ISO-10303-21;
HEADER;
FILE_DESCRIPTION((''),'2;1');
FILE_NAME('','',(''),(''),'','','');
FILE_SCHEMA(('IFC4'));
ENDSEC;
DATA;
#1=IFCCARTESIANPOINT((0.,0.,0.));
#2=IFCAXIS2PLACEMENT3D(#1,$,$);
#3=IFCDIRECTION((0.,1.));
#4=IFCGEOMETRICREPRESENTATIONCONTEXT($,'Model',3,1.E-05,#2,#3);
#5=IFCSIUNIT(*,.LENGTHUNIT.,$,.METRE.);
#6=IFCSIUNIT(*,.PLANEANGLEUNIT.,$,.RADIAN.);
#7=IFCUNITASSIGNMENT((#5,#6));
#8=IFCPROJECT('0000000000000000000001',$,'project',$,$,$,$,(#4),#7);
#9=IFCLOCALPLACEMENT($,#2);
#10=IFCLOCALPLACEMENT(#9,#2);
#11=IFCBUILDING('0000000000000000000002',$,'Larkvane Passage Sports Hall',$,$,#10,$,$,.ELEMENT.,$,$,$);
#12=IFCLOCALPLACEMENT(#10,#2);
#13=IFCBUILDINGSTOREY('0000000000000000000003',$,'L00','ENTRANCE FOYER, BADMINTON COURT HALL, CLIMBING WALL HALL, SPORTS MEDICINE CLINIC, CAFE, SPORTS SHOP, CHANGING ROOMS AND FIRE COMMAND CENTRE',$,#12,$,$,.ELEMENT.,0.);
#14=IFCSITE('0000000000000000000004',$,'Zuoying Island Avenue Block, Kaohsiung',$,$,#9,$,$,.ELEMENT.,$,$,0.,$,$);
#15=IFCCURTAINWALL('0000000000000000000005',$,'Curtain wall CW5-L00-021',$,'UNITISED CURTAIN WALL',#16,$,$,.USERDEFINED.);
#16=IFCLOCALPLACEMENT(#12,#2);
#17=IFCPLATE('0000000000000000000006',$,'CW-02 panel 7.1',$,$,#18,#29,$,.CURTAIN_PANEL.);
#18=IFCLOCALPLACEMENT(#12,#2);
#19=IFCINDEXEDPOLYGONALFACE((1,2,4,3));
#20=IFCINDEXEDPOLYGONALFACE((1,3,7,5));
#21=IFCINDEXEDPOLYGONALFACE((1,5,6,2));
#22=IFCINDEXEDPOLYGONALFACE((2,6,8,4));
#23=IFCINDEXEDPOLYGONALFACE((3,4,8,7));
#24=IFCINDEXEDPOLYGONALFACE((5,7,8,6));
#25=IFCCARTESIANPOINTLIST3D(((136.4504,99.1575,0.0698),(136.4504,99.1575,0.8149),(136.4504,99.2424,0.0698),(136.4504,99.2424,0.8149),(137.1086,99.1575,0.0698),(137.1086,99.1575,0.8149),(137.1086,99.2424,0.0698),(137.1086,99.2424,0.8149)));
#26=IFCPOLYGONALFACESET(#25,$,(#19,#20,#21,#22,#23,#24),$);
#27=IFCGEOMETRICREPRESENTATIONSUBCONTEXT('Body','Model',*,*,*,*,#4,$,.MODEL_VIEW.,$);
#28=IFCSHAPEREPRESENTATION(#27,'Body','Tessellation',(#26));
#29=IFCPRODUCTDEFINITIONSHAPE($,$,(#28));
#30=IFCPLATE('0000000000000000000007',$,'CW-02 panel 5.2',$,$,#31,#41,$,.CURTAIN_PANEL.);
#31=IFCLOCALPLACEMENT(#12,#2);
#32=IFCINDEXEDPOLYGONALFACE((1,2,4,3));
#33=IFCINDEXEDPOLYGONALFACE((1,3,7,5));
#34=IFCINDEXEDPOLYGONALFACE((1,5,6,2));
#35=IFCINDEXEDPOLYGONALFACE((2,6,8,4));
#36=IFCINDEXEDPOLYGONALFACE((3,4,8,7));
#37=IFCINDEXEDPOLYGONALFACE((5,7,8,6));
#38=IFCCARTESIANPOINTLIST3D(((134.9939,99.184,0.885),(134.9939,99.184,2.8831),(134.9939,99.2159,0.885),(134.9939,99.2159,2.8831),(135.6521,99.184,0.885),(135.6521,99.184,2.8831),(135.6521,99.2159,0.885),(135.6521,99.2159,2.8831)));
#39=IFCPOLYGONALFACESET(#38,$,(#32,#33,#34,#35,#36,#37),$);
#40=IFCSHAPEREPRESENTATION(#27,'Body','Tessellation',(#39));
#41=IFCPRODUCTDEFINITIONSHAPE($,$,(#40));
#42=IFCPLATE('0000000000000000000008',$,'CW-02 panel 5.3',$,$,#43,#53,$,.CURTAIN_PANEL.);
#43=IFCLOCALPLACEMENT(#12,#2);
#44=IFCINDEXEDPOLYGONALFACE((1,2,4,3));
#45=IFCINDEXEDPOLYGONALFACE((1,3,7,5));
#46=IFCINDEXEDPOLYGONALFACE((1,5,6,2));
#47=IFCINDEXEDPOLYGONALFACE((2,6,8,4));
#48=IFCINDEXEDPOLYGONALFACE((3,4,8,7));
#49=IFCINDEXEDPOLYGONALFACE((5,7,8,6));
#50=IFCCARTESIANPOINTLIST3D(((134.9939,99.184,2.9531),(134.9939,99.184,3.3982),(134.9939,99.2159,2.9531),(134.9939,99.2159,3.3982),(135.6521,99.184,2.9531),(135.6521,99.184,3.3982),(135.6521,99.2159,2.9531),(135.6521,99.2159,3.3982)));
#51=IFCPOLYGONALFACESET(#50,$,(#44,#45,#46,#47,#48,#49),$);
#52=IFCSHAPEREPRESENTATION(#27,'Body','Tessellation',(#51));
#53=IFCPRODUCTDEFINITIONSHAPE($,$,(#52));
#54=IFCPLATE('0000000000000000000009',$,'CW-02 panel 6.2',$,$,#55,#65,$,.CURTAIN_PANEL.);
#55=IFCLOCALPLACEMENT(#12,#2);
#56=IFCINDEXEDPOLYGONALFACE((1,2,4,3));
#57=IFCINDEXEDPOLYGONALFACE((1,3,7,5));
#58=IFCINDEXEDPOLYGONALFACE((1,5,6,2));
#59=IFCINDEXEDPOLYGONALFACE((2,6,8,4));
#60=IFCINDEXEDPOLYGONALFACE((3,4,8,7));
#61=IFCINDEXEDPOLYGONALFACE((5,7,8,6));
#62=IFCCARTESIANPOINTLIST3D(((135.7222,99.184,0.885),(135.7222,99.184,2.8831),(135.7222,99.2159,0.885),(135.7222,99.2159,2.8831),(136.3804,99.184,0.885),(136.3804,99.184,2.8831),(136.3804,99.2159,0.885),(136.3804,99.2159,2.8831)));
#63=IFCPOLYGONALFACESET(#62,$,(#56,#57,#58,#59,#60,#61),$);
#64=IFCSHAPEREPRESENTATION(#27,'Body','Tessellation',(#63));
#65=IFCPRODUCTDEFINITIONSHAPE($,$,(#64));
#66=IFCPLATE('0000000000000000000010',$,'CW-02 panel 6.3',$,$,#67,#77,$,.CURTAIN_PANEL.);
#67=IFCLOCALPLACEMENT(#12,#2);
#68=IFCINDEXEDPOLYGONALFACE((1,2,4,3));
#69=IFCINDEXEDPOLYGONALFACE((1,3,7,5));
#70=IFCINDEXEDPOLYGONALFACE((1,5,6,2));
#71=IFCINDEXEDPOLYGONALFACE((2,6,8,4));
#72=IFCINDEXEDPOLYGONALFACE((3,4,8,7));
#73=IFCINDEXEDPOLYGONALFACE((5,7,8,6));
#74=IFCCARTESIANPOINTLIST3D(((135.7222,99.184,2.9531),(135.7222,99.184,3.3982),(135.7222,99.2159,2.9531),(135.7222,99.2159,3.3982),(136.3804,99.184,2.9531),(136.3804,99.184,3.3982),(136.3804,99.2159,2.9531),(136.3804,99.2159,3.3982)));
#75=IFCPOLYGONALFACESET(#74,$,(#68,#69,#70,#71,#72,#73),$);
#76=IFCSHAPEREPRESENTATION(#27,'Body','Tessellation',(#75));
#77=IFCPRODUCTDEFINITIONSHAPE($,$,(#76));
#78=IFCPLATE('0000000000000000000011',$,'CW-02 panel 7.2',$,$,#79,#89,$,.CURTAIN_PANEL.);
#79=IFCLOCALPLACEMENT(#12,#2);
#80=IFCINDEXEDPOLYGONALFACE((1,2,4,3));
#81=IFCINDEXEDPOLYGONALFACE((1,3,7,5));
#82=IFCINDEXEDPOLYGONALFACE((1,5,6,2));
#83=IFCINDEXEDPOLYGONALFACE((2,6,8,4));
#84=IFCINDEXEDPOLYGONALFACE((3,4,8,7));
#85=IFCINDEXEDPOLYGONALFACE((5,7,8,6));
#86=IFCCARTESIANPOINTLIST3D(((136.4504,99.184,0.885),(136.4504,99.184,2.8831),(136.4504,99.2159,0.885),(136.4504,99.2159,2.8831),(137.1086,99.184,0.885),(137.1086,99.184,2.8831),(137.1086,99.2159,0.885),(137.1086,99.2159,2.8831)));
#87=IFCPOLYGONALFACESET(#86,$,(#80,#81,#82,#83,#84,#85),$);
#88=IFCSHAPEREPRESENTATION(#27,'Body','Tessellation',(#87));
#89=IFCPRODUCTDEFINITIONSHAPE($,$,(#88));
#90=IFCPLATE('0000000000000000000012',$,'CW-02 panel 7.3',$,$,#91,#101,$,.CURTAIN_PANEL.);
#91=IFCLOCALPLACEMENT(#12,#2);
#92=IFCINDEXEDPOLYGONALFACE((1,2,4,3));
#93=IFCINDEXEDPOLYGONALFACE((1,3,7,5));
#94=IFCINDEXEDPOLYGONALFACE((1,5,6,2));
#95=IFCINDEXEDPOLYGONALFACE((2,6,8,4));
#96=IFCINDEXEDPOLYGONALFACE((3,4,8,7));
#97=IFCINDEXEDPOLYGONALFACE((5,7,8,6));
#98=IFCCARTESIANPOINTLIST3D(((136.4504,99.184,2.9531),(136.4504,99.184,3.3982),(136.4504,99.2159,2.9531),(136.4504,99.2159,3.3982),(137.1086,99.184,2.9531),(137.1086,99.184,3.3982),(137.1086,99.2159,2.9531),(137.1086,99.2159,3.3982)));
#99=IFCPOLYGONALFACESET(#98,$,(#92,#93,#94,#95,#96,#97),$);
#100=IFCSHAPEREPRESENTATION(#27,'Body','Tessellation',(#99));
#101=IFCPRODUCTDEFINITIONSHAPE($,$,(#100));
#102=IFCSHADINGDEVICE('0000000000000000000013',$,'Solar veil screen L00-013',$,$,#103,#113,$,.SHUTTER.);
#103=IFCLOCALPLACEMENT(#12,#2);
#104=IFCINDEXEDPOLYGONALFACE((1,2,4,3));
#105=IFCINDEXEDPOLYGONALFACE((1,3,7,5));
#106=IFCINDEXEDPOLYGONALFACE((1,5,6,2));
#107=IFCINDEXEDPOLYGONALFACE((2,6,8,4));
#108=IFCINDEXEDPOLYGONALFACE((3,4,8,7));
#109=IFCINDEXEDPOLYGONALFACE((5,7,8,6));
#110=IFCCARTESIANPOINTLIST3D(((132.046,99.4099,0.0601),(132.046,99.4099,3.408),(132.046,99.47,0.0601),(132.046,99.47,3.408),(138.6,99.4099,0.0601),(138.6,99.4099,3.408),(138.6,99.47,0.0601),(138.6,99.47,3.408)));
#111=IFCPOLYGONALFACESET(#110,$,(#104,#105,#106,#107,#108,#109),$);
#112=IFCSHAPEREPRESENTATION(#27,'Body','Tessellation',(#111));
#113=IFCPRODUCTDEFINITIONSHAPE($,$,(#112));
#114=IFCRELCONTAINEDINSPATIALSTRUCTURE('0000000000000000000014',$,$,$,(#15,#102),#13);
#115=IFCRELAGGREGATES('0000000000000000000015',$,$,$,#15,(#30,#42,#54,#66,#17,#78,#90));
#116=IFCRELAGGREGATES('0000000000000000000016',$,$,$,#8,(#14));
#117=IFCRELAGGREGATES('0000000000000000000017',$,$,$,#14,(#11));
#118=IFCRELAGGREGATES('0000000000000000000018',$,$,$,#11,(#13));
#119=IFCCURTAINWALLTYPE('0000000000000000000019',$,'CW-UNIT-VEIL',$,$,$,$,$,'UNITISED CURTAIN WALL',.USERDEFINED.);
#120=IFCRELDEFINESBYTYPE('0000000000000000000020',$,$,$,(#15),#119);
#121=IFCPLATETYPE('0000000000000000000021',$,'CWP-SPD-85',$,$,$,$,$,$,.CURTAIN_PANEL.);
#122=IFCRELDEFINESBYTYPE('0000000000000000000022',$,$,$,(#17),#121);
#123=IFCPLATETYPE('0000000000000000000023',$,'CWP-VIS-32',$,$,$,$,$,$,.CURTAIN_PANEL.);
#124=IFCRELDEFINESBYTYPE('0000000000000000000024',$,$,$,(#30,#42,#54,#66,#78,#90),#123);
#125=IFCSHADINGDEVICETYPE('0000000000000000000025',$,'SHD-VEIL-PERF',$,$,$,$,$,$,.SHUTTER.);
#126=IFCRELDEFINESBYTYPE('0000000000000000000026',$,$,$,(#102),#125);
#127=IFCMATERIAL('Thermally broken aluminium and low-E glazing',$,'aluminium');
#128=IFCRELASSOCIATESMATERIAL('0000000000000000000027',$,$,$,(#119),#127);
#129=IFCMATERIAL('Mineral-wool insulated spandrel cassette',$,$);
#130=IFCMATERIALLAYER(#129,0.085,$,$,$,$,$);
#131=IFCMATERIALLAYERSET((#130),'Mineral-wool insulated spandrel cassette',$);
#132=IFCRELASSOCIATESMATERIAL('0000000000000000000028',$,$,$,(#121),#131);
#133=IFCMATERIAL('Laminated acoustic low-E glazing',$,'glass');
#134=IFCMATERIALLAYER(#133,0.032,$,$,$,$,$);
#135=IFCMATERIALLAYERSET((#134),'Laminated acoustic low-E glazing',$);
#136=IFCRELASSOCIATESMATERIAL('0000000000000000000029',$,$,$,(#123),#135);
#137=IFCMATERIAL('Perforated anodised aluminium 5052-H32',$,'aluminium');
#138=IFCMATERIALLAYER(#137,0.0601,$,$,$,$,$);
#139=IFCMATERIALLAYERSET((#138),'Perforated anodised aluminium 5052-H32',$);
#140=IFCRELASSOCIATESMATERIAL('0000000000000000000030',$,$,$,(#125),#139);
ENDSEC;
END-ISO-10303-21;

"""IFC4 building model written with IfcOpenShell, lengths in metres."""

from ifc_helpers import new_model, si_unit, direction, frame, origin, origin_2d, place, context, subcontext, project, spatial, rectangle, extrude, material, layer, layer_set, type_object, element, aggregate, save


model = new_model("IFC4")

# Units and contexts
model_context = context("Model", 3, precision=1e-05, world=origin(), true_north=direction((0.0, 1.0)))
body_context = subcontext(model_context, "Body", "Model", "MODEL_VIEW")
ifc_project = project(units=[si_unit("LENGTHUNIT", "METRE"), si_unit("PLANEANGLEUNIT", "RADIAN")], contexts=[model_context])

# Site, building, storey
site_placement = place(None, origin())
site = spatial("IfcSite", under=ifc_project, at=site_placement, Name="Zuoying Island Avenue Block, Kaohsiung", CompositionType="ELEMENT", RefElevation=0.0)
building_placement = place(site_placement, origin())
building = spatial("IfcBuilding", under=site, at=building_placement, Name="Larkvane Passage Sports Hall", CompositionType="ELEMENT")
storey_placement = place(building_placement, origin())
storey = spatial("IfcBuildingStorey", under=building, at=storey_placement, Name="L00", Description="ENTRANCE FOYER, BADMINTON COURT HALL, CLIMBING WALL HALL, SPORTS MEDICINE CLINIC, CAFE, SPORTS SHOP, CHANGING ROOMS AND FIRE COMMAND CENTRE", CompositionType="ELEMENT", Elevation=0.0)

# Curtain wall, plates
ifc_material_1 = material(Name="Thermally broken aluminium and low-E glazing", Category="aluminium")
curtain_wall_type = type_object("IfcCurtainWallType", Name="CW-UNIT-VEIL", ElementType="UNITISED CURTAIN WALL", PredefinedType="USERDEFINED", material=ifc_material_1)
curtain_wall_placement = place(storey_placement, origin())
curtain_wall = element("IfcCurtainWall", 1, at=curtain_wall_placement, inside=storey, type_object=curtain_wall_type, Name="Curtain wall CW5-L00-021", ObjectType="UNITISED CURTAIN WALL", PredefinedType="USERDEFINED")
ifc_material_2 = material(Name="Mineral-wool insulated spandrel cassette")
ifc_layer_1 = layer(ifc_material_2, 0.085)
ifc_layer_set_1 = layer_set([ifc_layer_1], Name="Mineral-wool insulated spandrel cassette")
plate_type_1 = type_object("IfcPlateType", Name="CWP-SPD-85", PredefinedType="CURTAIN_PANEL", material=ifc_layer_set_1)
plate_1_placement = place(storey_placement, frame((136.7795, 99.2, 0.0698), z_axis=(0.0, 0.0, 1.0), x_axis=(1.0, 0.0, 0.0)))
plate_1 = element("IfcPlate", 2, at=plate_1_placement, type_object=plate_type_1, Name="CW-02 panel 7.1", PredefinedType="CURTAIN_PANEL", context=body_context, shape_type="SweptSolid", body=[
    extrude(rectangle(XDim=0.6582, YDim=0.085, at=origin_2d()), origin(), (0.0, 0.0, 1.0), 0.7451),
])
ifc_material_3 = material(Name="Laminated acoustic low-E glazing", Category="glass")
ifc_layer_2 = layer(ifc_material_3, 0.032)
ifc_layer_set_2 = layer_set([ifc_layer_2], Name="Laminated acoustic low-E glazing")
plate_type_2 = type_object("IfcPlateType", Name="CWP-VIS-32", PredefinedType="CURTAIN_PANEL", material=ifc_layer_set_2)
plate_2_placement = place(storey_placement, frame((135.323, 99.2, 0.885), z_axis=(0.0, 0.0, 1.0), x_axis=(1.0, 0.0, 0.0)))
plate_2 = element("IfcPlate", 3, at=plate_2_placement, type_object=plate_type_2, Name="CW-02 panel 5.2", PredefinedType="CURTAIN_PANEL", context=body_context, shape_type="SweptSolid", body=[
    extrude(rectangle(XDim=0.6582, YDim=0.032, at=origin_2d()), origin(), (0.0, 0.0, 1.0), 1.998),
])
plate_3_placement = place(storey_placement, frame((135.323, 99.2, 2.9531), z_axis=(0.0, 0.0, 1.0), x_axis=(1.0, 0.0, 0.0)))
plate_3 = element("IfcPlate", 4, at=plate_3_placement, type_object=plate_type_2, Name="CW-02 panel 5.3", PredefinedType="CURTAIN_PANEL", context=body_context, shape_type="SweptSolid", body=[
    extrude(rectangle(XDim=0.6582, YDim=0.032, at=origin_2d()), origin(), (0.0, 0.0, 1.0), 0.4451),
])
plate_4_placement = place(storey_placement, frame((136.0513, 99.2, 0.885), z_axis=(0.0, 0.0, 1.0), x_axis=(1.0, 0.0, 0.0)))
plate_4 = element("IfcPlate", 5, at=plate_4_placement, type_object=plate_type_2, Name="CW-02 panel 6.2", PredefinedType="CURTAIN_PANEL", context=body_context, shape_type="SweptSolid", body=[
    extrude(rectangle(XDim=0.6582, YDim=0.032, at=origin_2d()), origin(), (0.0, 0.0, 1.0), 1.998),
])
plate_5_placement = place(storey_placement, frame((136.0513, 99.2, 2.9531), z_axis=(0.0, 0.0, 1.0), x_axis=(1.0, 0.0, 0.0)))
plate_5 = element("IfcPlate", 6, at=plate_5_placement, type_object=plate_type_2, Name="CW-02 panel 6.3", PredefinedType="CURTAIN_PANEL", context=body_context, shape_type="SweptSolid", body=[
    extrude(rectangle(XDim=0.6582, YDim=0.032, at=origin_2d()), origin(), (0.0, 0.0, 1.0), 0.4451),
])
plate_6_placement = place(storey_placement, frame((136.7795, 99.2, 0.885), z_axis=(0.0, 0.0, 1.0), x_axis=(1.0, 0.0, 0.0)))
plate_6 = element("IfcPlate", 7, at=plate_6_placement, type_object=plate_type_2, Name="CW-02 panel 7.2", PredefinedType="CURTAIN_PANEL", context=body_context, shape_type="SweptSolid", body=[
    extrude(rectangle(XDim=0.6582, YDim=0.032, at=origin_2d()), origin(), (0.0, 0.0, 1.0), 1.998),
])
plate_7_placement = place(storey_placement, frame((136.7795, 99.2, 2.9531), z_axis=(0.0, 0.0, 1.0), x_axis=(1.0, 0.0, 0.0)))
plate_7 = element("IfcPlate", 8, at=plate_7_placement, type_object=plate_type_2, Name="CW-02 panel 7.3", PredefinedType="CURTAIN_PANEL", context=body_context, shape_type="SweptSolid", body=[
    extrude(rectangle(XDim=0.6582, YDim=0.032, at=origin_2d()), origin(), (0.0, 0.0, 1.0), 0.4451),
])
aggregate(curtain_wall, [plate_2, plate_3, plate_4, plate_5, plate_1, plate_6, plate_7])

# Shading device
ifc_material_4 = material(Name="Perforated anodised aluminium 5052-H32", Category="aluminium")
ifc_layer_3 = layer(ifc_material_4, 0.0601)
ifc_layer_set_3 = layer_set([ifc_layer_3], Name="Perforated anodised aluminium 5052-H32")
shading_device_type = type_object("IfcShadingDeviceType", Name="SHD-VEIL-PERF", PredefinedType="SHUTTER", material=ifc_layer_set_3)
shading_device_placement = place(storey_placement, frame((135.323, 99.4399, 0.0601), z_axis=(0.0, 0.0, 1.0), x_axis=(1.0, 0.0, 0.0)))
element("IfcShadingDevice", 9, at=shading_device_placement, inside=storey, type_object=shading_device_type, Name="Solar veil screen L00-013", PredefinedType="SHUTTER", context=body_context, shape_type="SweptSolid", body=[
    extrude(rectangle(XDim=6.554, YDim=0.0601, at=origin_2d()), origin(), (0.0, 0.0, 1.0), 3.3479),
])

save(model, "model.ifc")
